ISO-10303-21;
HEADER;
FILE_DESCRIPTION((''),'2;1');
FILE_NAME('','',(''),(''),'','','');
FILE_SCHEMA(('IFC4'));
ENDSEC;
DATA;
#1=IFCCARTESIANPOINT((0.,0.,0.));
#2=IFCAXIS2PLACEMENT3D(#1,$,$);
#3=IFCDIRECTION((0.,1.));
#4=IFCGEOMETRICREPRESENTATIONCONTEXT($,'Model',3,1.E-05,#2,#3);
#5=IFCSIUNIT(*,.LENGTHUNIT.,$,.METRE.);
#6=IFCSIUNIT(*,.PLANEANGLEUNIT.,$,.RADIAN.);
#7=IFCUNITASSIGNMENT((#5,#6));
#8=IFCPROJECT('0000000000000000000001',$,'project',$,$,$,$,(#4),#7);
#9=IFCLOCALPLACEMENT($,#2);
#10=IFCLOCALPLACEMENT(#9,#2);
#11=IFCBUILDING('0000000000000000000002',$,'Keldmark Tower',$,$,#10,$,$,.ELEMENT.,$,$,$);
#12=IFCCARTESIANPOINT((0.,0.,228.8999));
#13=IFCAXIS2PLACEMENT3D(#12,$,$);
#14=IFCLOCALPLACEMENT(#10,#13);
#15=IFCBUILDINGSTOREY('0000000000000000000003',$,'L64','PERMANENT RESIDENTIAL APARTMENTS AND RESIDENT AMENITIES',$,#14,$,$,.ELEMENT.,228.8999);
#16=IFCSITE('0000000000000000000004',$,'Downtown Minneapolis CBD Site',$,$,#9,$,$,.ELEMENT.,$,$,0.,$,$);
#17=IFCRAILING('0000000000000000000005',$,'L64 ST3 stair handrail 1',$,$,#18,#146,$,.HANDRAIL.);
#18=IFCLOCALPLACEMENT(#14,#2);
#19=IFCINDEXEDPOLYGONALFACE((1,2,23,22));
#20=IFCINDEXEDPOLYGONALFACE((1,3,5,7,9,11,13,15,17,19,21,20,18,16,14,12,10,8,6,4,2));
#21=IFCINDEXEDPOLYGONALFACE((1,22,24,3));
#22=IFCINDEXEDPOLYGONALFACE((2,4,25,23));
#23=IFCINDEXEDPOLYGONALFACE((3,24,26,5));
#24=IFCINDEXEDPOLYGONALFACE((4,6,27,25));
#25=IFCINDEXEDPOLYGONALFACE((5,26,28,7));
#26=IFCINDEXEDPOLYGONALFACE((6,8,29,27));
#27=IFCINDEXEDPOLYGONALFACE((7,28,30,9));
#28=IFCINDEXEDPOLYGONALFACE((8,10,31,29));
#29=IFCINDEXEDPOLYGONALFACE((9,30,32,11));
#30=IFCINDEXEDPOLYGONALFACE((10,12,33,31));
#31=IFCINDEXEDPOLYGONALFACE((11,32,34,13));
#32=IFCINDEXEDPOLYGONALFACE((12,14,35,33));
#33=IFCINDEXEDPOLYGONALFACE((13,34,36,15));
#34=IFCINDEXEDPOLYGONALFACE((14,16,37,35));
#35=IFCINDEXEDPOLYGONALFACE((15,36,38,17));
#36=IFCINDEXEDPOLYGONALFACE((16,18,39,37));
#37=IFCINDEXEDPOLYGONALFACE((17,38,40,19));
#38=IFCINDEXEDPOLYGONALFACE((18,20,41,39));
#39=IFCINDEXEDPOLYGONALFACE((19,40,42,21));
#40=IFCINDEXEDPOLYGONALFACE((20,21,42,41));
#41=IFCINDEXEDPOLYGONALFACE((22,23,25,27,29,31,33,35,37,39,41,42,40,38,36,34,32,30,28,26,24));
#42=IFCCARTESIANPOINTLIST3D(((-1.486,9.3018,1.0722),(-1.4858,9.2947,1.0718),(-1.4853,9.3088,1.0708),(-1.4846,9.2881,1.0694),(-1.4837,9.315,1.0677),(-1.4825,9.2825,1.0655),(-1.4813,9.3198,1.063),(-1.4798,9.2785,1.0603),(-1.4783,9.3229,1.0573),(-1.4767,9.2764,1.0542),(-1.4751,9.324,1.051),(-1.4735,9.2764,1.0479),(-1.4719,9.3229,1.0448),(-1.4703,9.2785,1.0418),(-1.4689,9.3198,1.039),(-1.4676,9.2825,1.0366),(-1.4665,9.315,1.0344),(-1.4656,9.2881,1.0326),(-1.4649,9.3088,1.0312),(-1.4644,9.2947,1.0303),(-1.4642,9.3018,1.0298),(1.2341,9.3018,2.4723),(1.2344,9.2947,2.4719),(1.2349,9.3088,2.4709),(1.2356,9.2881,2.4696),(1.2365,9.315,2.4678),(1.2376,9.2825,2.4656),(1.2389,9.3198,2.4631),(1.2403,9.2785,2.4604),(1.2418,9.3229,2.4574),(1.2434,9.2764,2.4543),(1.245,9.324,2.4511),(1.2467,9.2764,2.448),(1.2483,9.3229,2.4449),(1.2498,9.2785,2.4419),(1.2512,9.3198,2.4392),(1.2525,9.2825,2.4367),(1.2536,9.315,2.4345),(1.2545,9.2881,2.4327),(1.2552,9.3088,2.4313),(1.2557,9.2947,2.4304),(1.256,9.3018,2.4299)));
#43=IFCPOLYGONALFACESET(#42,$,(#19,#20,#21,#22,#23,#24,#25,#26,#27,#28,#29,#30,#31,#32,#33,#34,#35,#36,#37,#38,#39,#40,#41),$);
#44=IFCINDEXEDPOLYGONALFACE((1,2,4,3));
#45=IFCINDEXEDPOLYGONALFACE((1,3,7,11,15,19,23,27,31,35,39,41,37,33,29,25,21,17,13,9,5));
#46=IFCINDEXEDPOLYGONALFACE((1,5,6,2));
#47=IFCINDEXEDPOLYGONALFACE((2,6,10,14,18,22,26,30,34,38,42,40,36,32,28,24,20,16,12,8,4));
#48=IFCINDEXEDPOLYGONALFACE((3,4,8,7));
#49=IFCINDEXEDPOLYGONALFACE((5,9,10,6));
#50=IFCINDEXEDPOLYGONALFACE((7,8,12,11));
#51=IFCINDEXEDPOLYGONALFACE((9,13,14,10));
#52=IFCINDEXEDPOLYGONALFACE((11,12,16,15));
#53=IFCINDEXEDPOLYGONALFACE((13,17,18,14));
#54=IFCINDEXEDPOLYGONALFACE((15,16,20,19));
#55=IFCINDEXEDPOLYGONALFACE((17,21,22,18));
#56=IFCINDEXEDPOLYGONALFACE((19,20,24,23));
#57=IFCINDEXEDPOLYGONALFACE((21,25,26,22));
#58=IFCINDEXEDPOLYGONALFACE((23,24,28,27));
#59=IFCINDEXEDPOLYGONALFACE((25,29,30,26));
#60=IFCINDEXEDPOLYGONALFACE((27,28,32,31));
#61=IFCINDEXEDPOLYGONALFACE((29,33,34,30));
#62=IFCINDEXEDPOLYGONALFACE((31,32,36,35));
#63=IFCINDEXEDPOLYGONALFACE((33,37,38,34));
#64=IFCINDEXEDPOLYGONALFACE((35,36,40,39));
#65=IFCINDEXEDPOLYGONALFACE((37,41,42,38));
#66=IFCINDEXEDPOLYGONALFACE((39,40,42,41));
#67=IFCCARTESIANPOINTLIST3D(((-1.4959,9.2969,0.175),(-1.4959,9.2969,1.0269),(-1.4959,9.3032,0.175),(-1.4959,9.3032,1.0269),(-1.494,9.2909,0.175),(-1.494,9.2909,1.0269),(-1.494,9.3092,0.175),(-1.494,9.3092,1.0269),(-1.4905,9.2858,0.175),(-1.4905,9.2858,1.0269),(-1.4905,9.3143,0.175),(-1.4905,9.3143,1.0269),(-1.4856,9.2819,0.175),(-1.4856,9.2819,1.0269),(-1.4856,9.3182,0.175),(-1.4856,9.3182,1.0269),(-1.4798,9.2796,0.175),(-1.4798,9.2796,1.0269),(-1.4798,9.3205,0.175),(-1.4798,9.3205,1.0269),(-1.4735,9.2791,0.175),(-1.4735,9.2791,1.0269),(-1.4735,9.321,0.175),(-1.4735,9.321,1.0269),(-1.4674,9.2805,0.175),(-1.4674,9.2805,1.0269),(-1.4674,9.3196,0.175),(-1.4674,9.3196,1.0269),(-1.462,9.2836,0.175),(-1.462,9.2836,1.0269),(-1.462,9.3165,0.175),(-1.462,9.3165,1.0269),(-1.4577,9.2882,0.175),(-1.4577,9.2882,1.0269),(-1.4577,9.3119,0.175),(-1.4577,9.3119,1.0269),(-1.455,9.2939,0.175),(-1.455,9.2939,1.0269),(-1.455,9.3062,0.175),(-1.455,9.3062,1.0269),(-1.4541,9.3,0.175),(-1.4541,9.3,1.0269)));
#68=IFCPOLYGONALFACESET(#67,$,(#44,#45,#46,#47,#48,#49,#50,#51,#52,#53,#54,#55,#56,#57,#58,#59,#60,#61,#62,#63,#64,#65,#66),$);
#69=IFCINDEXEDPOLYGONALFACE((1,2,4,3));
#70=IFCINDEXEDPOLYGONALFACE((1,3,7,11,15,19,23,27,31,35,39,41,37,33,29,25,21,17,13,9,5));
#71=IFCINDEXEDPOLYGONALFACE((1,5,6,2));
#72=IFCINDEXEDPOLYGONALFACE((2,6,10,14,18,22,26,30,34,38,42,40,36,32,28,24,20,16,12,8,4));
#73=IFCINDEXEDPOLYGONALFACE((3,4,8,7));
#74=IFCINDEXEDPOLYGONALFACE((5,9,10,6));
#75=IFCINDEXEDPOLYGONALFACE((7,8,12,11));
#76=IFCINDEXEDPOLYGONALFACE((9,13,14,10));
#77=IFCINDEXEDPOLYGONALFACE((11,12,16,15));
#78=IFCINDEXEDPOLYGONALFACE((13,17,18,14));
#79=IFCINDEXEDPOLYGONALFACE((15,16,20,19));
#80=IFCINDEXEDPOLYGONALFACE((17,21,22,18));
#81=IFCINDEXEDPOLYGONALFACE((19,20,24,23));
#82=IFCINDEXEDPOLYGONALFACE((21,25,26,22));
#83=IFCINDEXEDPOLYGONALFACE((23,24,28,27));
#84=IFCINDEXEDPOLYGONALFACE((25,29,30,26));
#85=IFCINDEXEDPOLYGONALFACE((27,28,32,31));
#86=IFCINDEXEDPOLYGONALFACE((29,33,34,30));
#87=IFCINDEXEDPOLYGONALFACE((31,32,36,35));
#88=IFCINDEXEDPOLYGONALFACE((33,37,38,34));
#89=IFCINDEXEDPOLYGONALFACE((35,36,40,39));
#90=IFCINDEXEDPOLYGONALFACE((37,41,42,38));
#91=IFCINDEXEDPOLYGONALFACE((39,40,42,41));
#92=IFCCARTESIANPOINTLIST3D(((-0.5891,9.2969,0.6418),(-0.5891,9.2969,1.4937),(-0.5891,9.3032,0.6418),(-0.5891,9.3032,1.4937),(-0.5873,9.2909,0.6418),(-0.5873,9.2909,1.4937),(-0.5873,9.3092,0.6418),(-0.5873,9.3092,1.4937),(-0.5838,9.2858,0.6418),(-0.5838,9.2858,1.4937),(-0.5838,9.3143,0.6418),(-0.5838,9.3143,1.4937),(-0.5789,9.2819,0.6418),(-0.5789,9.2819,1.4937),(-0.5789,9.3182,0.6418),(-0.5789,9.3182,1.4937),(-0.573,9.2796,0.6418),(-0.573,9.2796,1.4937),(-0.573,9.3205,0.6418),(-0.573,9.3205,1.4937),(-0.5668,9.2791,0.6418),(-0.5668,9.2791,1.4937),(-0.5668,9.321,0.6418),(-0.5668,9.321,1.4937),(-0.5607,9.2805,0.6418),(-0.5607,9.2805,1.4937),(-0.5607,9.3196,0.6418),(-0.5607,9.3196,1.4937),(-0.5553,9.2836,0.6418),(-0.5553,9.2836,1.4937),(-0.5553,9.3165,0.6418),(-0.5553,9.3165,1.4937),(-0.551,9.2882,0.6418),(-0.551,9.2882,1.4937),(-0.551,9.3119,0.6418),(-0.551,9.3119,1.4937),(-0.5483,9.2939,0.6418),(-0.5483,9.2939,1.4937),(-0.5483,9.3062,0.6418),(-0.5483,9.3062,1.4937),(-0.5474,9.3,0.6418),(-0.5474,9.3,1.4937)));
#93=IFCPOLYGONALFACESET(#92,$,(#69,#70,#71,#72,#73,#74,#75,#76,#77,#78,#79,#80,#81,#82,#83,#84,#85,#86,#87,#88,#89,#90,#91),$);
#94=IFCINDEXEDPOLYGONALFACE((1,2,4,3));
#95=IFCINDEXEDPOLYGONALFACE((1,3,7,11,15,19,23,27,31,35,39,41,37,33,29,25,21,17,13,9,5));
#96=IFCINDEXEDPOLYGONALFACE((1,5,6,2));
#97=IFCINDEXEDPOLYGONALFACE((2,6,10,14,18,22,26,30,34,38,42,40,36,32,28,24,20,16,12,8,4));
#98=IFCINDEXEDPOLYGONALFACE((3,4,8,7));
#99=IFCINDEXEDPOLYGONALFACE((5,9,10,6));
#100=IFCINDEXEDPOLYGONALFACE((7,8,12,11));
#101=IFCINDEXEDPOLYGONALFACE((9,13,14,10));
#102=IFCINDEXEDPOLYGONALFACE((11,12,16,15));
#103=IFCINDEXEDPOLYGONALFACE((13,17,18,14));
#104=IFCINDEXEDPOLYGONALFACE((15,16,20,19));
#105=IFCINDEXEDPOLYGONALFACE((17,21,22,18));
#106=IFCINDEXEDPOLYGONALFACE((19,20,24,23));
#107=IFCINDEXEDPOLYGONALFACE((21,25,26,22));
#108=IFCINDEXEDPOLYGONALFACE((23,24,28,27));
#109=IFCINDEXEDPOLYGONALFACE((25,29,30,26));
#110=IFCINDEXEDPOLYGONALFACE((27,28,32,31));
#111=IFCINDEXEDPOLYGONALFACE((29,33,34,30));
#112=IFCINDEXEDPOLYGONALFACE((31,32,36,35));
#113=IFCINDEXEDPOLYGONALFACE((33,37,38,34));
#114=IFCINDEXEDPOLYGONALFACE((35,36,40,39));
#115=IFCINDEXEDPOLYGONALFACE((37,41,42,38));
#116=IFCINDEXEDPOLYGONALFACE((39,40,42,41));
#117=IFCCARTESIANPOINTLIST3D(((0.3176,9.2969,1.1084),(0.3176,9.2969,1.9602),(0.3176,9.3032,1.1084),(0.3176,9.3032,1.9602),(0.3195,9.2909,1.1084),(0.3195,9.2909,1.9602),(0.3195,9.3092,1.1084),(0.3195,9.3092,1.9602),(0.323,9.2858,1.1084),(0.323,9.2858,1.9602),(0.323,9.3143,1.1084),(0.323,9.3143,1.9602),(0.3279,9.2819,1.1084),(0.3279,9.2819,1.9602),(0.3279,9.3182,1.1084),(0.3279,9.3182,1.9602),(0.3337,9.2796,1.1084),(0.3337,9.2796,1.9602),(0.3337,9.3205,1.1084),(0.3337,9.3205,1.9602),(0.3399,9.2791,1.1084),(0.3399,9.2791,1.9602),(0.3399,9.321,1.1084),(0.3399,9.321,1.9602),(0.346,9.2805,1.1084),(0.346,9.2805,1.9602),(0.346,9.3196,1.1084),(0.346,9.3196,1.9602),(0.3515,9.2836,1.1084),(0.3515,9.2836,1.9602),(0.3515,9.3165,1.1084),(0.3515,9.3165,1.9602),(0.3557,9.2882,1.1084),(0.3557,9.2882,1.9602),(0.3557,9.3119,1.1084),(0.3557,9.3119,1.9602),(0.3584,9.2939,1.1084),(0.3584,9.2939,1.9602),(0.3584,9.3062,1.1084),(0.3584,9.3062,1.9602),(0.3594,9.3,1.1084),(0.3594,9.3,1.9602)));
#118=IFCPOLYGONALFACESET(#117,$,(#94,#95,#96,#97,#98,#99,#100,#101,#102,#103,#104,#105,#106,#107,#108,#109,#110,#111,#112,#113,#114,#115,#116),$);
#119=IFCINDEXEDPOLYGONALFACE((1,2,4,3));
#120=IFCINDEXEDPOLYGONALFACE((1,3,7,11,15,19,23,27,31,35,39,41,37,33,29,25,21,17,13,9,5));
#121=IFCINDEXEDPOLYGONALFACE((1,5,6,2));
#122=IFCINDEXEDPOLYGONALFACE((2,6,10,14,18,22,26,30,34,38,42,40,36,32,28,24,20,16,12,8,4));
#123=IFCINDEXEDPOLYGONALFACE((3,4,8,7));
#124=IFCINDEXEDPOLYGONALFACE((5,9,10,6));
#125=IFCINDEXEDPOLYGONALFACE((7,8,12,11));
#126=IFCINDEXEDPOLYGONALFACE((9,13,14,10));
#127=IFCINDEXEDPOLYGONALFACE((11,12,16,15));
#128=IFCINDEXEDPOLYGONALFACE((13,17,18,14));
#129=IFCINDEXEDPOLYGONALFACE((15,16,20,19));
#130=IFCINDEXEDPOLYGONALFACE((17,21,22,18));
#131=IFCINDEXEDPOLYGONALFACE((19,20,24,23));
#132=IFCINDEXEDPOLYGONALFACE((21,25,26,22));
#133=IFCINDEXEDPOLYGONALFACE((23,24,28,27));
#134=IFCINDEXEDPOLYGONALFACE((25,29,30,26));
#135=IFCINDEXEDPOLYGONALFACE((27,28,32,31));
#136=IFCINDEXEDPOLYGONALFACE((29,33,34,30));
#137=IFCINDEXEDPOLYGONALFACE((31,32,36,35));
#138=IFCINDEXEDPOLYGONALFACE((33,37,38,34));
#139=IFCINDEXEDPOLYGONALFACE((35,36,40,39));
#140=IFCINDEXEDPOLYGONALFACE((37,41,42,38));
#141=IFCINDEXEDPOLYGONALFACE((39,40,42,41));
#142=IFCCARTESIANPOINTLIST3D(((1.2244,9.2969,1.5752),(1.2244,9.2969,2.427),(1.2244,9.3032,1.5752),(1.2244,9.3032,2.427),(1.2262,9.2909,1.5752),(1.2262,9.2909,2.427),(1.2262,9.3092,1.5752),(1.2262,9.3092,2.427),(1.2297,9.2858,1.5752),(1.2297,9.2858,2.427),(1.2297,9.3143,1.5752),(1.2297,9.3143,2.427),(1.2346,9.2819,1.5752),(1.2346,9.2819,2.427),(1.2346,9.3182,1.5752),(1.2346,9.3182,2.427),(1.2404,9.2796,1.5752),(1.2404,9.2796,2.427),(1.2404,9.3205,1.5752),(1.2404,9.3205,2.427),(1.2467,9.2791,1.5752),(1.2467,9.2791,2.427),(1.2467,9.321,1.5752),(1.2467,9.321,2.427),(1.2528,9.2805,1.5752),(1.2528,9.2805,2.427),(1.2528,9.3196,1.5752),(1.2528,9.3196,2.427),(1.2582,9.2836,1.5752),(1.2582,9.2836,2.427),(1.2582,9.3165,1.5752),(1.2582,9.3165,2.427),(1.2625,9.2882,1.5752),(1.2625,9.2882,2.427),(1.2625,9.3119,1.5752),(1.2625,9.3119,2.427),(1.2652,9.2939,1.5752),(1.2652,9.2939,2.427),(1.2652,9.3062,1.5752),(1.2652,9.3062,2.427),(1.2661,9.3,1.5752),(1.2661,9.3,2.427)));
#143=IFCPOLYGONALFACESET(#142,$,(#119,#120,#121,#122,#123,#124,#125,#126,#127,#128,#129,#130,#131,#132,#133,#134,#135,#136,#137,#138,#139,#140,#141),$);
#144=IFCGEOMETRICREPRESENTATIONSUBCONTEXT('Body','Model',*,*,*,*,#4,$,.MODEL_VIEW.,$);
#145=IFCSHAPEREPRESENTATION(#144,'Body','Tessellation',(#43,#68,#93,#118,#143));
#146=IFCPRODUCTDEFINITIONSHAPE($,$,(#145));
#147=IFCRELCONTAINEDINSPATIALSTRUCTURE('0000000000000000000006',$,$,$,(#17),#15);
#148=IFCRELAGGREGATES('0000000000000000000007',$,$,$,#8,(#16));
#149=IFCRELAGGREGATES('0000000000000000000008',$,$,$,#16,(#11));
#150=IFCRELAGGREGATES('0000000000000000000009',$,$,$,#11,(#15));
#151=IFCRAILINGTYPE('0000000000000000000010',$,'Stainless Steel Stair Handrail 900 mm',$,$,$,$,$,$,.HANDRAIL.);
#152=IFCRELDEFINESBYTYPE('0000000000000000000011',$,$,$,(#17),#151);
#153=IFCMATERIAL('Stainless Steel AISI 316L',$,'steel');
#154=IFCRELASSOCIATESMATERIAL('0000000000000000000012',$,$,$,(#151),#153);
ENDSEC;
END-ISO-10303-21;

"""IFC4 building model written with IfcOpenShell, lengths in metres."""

from ifc_helpers import new_model, si_unit, direction, frame, origin, origin_2d, place, context, subcontext, project, spatial, circle, extrude, material, type_object, element, save


model = new_model("IFC4")

# Units and contexts
model_context = context("Model", 3, precision=1e-05, world=origin(), true_north=direction((0.0, 1.0)))
body_context = subcontext(model_context, "Body", "Model", "MODEL_VIEW")
ifc_project = project(units=[si_unit("LENGTHUNIT", "METRE"), si_unit("PLANEANGLEUNIT", "RADIAN")], contexts=[model_context])

# Site, building, storey
site_placement = place(None, origin())
site = spatial("IfcSite", under=ifc_project, at=site_placement, Name="Downtown Minneapolis CBD Site", CompositionType="ELEMENT", RefElevation=0.0)
building_placement = place(site_placement, origin())
building = spatial("IfcBuilding", under=site, at=building_placement, Name="Keldmark Tower", CompositionType="ELEMENT")
storey_placement = place(building_placement, frame((0.0, 0.0, 228.8999)))
storey = spatial("IfcBuildingStorey", under=building, at=storey_placement, Name="L64", Description="PERMANENT RESIDENTIAL APARTMENTS AND RESIDENT AMENITIES", CompositionType="ELEMENT", Elevation=228.8999)

# Railing
ifc_material_1 = material(Name="Stainless Steel AISI 316L", Category="steel")
railing_type_1 = type_object("IfcRailingType", Name="Stainless Steel Stair Handrail 900 mm", PredefinedType="HANDRAIL", material=ifc_material_1)
railing_1_placement = place(storey_placement, frame((-1.4751, 9.3, 0.175)))
element("IfcRailing", 1, at=railing_1_placement, inside=storey, type_object=railing_type_1, Name="L64 ST3 stair handrail 1", PredefinedType="HANDRAIL", context=body_context, shape_type="SweptSolid", body=[
    extrude(circle(Radius=0.0239, at=origin_2d()), frame((0.0, 0.0, 0.876), z_axis=(0.889131, 0.0, 0.457653), x_axis=(0.0, 1.0, 0.0)), (0.0, 0.0, 1.0), 3.0593),
    extrude(circle(Radius=0.021, at=origin_2d()), origin(), (0.0, 0.0, 1.0), 0.8518),
    extrude(circle(Radius=0.021, at=origin_2d()), frame((0.9067, 0.0, 0.4668)), (0.0, 0.0, 1.0), 0.8518),
    extrude(circle(Radius=0.021, at=origin_2d()), frame((1.8135, 0.0, 0.9333)), (0.0, 0.0, 1.0), 0.8518),
    extrude(circle(Radius=0.021, at=origin_2d()), frame((2.7202, 0.0, 1.4001)), (0.0, 0.0, 1.0), 0.8518),
])

save(model, "model.ifc")
